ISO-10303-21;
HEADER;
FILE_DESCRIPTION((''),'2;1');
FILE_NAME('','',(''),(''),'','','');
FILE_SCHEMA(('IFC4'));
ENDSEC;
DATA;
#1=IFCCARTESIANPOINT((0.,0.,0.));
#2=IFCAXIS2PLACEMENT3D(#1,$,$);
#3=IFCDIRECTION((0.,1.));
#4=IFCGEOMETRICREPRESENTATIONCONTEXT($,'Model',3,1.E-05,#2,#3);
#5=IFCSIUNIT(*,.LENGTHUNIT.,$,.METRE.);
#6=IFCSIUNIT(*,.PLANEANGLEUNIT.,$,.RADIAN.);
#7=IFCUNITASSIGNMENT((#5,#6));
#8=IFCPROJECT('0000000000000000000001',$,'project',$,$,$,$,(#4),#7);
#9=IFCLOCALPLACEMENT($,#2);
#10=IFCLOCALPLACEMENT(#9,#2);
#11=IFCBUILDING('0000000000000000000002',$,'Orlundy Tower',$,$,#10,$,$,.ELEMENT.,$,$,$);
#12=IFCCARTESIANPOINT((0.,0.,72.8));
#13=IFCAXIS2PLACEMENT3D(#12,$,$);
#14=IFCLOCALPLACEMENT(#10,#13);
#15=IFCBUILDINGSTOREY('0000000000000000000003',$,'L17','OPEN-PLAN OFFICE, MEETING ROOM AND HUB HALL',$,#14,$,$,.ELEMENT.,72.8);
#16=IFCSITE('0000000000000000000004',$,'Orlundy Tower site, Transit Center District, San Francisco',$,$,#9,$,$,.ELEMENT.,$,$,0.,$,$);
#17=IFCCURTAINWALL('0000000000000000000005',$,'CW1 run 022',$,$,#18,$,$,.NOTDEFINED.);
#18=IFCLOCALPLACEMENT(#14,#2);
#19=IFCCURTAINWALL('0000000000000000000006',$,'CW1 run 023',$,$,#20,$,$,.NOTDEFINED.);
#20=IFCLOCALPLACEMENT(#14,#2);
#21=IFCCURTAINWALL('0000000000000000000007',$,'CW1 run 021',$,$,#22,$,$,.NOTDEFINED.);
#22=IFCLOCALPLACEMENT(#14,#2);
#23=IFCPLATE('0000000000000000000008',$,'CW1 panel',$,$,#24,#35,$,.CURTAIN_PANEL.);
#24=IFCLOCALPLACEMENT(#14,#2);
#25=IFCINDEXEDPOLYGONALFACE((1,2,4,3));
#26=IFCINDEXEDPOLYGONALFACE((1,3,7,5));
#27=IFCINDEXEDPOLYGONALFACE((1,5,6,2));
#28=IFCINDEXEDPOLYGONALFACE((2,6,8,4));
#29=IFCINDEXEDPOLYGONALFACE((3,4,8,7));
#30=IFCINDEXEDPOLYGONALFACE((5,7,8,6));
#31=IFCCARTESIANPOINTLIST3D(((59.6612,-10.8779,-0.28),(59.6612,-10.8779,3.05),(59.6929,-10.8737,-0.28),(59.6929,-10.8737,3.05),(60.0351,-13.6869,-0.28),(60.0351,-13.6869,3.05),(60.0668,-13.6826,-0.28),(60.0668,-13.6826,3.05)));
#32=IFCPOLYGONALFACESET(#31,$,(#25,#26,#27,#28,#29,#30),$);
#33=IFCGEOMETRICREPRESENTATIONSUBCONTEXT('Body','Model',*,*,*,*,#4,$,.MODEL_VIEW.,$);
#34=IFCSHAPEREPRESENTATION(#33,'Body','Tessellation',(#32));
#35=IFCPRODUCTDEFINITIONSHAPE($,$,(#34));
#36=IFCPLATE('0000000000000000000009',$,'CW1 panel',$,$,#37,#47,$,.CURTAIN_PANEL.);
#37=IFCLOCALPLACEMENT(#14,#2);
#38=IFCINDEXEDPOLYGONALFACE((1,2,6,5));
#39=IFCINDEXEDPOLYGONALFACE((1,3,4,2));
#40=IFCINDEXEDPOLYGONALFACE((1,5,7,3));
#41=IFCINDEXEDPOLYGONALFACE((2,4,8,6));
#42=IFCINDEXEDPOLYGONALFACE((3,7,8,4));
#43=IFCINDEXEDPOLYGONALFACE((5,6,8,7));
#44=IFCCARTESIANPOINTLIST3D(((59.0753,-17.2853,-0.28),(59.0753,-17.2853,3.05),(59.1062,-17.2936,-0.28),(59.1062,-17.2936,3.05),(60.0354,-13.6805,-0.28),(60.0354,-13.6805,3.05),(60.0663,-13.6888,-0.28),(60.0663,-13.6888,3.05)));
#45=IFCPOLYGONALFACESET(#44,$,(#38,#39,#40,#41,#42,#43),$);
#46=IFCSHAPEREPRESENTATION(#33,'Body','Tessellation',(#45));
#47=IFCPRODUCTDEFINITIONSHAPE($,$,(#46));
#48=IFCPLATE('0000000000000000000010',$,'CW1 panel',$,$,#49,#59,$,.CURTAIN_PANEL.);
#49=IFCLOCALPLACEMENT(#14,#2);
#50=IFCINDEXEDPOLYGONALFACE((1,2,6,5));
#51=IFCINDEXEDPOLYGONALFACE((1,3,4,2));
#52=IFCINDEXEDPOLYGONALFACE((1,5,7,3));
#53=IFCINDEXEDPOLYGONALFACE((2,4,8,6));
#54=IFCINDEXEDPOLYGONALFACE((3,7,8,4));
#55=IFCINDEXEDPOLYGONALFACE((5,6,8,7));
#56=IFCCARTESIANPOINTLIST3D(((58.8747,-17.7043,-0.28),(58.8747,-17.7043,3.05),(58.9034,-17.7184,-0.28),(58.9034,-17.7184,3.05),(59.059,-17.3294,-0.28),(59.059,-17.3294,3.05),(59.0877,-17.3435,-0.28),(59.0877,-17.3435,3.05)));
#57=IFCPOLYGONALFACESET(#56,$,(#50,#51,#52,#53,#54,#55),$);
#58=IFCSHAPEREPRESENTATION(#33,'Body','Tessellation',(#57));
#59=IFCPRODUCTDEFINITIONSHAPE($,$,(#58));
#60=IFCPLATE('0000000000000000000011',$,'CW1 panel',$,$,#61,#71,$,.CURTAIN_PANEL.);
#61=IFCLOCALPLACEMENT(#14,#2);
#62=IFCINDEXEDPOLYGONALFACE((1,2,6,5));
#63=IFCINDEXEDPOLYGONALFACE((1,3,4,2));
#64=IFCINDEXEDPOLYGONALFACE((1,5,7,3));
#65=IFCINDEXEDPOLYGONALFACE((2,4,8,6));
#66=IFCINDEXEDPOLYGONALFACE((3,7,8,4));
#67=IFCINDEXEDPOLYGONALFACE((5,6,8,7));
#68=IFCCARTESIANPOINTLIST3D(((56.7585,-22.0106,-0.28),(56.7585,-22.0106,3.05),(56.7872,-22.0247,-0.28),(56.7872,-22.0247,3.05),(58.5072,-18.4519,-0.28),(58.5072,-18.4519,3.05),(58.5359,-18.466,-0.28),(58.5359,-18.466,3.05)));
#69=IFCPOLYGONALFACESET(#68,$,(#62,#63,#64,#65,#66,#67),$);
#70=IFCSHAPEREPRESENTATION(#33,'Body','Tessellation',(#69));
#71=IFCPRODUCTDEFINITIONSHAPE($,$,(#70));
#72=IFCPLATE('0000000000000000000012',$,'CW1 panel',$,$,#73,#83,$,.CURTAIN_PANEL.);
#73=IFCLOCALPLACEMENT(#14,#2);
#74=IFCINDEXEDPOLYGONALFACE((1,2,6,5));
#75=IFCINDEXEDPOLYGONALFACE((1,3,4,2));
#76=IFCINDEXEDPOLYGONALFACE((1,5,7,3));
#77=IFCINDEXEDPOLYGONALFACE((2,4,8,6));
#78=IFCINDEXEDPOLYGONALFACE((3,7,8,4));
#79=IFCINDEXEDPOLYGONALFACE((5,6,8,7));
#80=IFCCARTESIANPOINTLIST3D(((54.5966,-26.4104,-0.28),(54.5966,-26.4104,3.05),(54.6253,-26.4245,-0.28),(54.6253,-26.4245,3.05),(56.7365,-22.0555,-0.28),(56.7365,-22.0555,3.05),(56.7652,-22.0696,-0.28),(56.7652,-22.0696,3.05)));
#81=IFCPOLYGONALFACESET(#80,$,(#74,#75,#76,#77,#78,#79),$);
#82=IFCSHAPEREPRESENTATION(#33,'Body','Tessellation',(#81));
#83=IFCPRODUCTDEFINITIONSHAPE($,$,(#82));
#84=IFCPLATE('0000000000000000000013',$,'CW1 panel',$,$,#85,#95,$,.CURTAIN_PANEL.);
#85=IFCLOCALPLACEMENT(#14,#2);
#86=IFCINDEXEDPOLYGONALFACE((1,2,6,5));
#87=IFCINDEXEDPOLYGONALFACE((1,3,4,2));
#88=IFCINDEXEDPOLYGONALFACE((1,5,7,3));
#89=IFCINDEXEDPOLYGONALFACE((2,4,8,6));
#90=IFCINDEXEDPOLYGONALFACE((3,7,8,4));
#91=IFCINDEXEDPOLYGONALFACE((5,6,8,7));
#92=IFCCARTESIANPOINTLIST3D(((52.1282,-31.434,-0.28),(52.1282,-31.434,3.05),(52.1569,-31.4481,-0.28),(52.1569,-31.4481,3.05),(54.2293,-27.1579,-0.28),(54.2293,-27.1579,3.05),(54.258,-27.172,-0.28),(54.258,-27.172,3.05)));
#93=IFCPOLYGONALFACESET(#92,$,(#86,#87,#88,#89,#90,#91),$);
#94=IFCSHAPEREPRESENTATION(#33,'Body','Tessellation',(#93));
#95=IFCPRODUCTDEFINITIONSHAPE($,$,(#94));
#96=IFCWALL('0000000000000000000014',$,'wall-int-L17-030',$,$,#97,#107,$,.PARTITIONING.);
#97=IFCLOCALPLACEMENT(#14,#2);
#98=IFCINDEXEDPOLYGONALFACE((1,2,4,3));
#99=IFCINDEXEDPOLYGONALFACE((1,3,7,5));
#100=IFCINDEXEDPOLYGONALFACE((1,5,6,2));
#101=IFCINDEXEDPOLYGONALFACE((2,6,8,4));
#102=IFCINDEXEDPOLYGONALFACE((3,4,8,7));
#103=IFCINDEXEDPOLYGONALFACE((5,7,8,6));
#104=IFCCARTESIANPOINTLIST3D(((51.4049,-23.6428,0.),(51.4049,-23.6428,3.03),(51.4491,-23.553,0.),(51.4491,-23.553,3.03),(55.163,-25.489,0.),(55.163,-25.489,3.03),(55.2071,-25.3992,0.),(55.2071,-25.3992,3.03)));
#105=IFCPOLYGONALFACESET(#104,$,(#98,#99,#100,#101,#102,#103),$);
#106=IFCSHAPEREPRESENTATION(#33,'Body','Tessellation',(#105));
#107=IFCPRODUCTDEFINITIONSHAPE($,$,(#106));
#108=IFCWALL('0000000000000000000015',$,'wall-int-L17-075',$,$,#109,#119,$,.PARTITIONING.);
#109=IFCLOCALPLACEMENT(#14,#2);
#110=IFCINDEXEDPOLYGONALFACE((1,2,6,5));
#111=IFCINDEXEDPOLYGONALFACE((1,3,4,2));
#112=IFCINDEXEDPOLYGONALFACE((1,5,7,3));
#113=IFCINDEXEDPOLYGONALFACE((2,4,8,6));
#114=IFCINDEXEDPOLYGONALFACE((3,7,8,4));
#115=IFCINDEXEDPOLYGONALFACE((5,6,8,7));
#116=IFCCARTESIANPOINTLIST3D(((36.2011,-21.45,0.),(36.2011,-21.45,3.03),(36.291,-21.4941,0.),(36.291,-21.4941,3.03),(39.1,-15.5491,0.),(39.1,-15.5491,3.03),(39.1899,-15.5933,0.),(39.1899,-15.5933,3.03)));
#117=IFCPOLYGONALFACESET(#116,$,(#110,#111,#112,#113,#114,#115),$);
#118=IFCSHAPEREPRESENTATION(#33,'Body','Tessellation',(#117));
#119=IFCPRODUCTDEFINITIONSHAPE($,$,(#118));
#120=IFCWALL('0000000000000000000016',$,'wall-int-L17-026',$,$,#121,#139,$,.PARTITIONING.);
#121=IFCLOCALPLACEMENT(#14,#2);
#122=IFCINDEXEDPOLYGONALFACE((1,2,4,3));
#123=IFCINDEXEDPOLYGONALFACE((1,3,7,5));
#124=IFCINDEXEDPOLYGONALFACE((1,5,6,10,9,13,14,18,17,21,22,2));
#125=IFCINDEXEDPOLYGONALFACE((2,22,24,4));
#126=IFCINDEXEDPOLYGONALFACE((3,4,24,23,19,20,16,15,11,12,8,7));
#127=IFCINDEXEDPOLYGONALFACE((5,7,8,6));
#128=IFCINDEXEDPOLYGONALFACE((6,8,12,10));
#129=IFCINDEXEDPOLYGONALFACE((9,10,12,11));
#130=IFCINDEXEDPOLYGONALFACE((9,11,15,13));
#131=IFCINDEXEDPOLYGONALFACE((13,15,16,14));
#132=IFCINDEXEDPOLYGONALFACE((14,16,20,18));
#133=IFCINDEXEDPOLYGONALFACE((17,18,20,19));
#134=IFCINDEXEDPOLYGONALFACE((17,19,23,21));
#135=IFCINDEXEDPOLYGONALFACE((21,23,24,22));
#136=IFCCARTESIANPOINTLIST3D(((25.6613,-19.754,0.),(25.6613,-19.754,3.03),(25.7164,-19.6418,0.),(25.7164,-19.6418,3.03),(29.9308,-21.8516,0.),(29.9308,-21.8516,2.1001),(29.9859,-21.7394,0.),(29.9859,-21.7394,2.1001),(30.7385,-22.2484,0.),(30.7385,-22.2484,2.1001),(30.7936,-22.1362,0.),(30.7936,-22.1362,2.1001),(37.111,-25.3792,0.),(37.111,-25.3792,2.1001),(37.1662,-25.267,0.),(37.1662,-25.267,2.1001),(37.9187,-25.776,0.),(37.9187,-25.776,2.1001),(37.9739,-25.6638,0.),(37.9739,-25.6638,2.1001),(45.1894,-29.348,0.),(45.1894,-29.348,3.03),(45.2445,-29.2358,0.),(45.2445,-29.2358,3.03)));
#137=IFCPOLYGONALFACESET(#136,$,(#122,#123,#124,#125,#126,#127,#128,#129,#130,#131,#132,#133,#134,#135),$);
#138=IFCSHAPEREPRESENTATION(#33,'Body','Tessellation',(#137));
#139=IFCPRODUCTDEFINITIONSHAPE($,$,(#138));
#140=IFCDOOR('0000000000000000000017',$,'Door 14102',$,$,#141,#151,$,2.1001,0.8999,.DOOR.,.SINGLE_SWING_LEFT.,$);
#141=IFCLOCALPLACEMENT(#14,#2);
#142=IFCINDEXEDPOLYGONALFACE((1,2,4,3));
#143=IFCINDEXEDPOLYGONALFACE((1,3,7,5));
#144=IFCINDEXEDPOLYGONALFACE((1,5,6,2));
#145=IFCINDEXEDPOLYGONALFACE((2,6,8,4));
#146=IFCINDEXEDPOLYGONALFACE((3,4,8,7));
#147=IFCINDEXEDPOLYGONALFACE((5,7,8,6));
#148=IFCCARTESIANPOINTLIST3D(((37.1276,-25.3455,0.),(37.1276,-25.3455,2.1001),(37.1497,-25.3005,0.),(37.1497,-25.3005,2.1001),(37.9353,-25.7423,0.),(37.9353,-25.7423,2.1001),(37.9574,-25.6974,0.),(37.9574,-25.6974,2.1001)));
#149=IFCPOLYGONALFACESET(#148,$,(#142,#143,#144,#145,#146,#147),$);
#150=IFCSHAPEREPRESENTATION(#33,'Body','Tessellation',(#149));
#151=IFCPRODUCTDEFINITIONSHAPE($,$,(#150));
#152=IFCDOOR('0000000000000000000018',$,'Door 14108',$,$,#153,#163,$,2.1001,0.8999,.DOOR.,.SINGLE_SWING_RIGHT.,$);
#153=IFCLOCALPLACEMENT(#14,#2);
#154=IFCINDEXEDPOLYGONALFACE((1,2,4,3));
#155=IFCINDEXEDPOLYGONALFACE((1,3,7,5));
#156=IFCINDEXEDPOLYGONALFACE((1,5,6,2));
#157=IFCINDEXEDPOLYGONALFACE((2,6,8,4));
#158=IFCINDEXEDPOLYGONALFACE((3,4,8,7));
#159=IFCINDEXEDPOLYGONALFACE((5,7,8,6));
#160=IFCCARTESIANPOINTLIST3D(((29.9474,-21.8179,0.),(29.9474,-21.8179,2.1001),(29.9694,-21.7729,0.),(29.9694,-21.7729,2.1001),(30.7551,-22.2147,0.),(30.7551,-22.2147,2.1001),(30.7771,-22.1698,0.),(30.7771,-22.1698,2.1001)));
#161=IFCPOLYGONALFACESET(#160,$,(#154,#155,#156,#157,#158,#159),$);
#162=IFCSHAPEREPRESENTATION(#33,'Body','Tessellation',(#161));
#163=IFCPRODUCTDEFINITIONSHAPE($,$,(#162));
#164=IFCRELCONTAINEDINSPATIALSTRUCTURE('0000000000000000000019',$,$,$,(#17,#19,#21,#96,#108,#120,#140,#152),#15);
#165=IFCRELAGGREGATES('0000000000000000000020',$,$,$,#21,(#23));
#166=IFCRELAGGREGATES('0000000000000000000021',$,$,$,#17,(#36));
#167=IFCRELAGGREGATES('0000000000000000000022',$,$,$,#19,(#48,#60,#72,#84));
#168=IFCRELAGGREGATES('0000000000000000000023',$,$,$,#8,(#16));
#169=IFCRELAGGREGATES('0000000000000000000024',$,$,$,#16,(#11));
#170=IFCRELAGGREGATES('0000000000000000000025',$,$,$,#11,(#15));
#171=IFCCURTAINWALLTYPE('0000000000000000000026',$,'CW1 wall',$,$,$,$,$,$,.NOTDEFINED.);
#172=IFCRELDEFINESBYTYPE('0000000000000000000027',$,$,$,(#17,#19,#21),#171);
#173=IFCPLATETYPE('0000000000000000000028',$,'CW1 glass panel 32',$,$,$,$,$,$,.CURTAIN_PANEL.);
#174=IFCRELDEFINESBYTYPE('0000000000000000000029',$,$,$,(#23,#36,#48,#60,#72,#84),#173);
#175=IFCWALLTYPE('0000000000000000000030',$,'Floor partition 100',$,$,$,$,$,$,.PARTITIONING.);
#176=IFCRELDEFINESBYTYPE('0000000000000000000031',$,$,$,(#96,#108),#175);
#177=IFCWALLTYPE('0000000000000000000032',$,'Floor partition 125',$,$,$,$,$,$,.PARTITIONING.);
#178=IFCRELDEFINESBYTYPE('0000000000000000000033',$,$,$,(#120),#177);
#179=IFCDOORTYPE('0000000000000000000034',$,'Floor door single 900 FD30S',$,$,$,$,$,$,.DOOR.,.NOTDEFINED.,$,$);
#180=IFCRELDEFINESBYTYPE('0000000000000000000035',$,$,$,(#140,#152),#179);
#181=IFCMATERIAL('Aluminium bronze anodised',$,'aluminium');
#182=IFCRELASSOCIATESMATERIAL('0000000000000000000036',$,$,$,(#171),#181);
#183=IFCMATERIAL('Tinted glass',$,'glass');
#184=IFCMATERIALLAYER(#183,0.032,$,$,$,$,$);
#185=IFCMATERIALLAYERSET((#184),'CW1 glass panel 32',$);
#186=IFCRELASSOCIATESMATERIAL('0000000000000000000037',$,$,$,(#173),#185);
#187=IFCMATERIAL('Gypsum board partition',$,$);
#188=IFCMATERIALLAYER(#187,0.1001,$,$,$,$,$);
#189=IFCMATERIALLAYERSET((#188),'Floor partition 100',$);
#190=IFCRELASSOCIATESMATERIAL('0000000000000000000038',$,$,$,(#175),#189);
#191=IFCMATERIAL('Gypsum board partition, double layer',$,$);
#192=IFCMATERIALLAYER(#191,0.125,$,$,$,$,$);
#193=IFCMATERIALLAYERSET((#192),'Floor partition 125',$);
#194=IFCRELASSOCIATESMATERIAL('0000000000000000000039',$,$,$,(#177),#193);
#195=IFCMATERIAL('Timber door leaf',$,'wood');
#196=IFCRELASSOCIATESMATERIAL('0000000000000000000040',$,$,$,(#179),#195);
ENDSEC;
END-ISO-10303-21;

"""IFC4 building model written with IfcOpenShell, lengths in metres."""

from ifc_helpers import new_model, si_unit, direction, frame, frame_2d, origin, origin_2d, place, context, subcontext, project, spatial, rectangle, extrude, material, layer, layer_set, type_object, element, fill, aggregate, save


model = new_model("IFC4")

# Units and contexts
model_context = context("Model", 3, precision=1e-05, world=origin(), true_north=direction((0.0, 1.0)))
body_context = subcontext(model_context, "Body", "Model", "MODEL_VIEW")
ifc_project = project(units=[si_unit("LENGTHUNIT", "METRE"), si_unit("PLANEANGLEUNIT", "RADIAN")], contexts=[model_context])

# Site, building, storey
site_placement = place(None, origin())
site = spatial("IfcSite", under=ifc_project, at=site_placement, Name="Orlundy Tower site, Transit Center District, San Francisco", CompositionType="ELEMENT", RefElevation=0.0)
building_placement = place(site_placement, origin())
building = spatial("IfcBuilding", under=site, at=building_placement, Name="Orlundy Tower", CompositionType="ELEMENT")
storey_placement = place(building_placement, frame((0.0, 0.0, 72.8)))
storey = spatial("IfcBuildingStorey", under=building, at=storey_placement, Name="L17", Description="OPEN-PLAN OFFICE, MEETING ROOM AND HUB HALL", CompositionType="ELEMENT", Elevation=72.8)

# Curtain wall
ifc_material_1 = material(Name="Aluminium bronze anodised", Category="aluminium")
curtain_wall_type = type_object("IfcCurtainWallType", Name="CW1 wall", PredefinedType="NOTDEFINED", material=ifc_material_1)
curtain_wall_1_placement = place(storey_placement, origin())
curtain_wall_1 = element("IfcCurtainWall", 1, at=curtain_wall_1_placement, inside=storey, type_object=curtain_wall_type, Name="CW1 run 022", PredefinedType="NOTDEFINED")

# Curtain wall
curtain_wall_2_placement = place(storey_placement, origin())
curtain_wall_2 = element("IfcCurtainWall", 2, at=curtain_wall_2_placement, inside=storey, type_object=curtain_wall_type, Name="CW1 run 023", PredefinedType="NOTDEFINED")

# Curtain wall, plate
curtain_wall_3_placement = place(storey_placement, origin())
curtain_wall_3 = element("IfcCurtainWall", 3, at=curtain_wall_3_placement, inside=storey, type_object=curtain_wall_type, Name="CW1 run 021", PredefinedType="NOTDEFINED")
ifc_material_2 = material(Name="Tinted glass", Category="glass")
ifc_layer_1 = layer(ifc_material_2, 0.032)
ifc_layer_set_1 = layer_set([ifc_layer_1], Name="CW1 glass panel 32")
plate_type = type_object("IfcPlateType", Name="CW1 glass panel 32", PredefinedType="CURTAIN_PANEL", material=ifc_layer_set_1)
plate_1_placement = place(storey_placement, frame((59.864, -12.2803, -0.28), z_axis=(0.0, 0.0, 1.0), x_axis=(0.131934, -0.991259, 0.0)))
plate_1 = element("IfcPlate", 4, at=plate_1_placement, type_object=plate_type, Name="CW1 panel", PredefinedType="CURTAIN_PANEL", context=body_context, shape_type="SweptSolid", body=[
    extrude(rectangle(XDim=2.8337, YDim=0.032, at=origin_2d()), origin(), (0.0, 0.0, 1.0), 3.3301),
])
aggregate(curtain_wall_3, [plate_1])

# Plates
plate_2_placement = place(storey_placement, frame((59.5708, -15.4871, -0.28), z_axis=(0.0, 0.0, 1.0), x_axis=(-0.25736, -0.966315, 0.0)))
plate_2 = element("IfcPlate", 5, at=plate_2_placement, type_object=plate_type, Name="CW1 panel", PredefinedType="CURTAIN_PANEL", context=body_context, shape_type="SweptSolid", body=[
    extrude(rectangle(XDim=3.7305, YDim=0.032, at=origin_2d()), origin(), (0.0, 0.0, 1.0), 3.3301),
])
aggregate(curtain_wall_1, [plate_2])
plate_3_placement = place(storey_placement, frame((58.9812, -17.5239, -0.28), z_axis=(0.0, 0.0, 1.0), x_axis=(-0.441012, -0.897501, 0.0)))
plate_3 = element("IfcPlate", 6, at=plate_3_placement, type_object=plate_type, Name="CW1 panel", PredefinedType="CURTAIN_PANEL", context=body_context, shape_type="SweptSolid", body=[
    extrude(rectangle(XDim=0.4177, YDim=0.032, at=origin_2d()), origin(), (0.0, 0.0, 1.0), 3.3301),
])
plate_4_placement = place(storey_placement, frame((57.6472, -20.2383, -0.28), z_axis=(0.0, 0.0, 1.0), x_axis=(-0.441012, -0.897501, 0.0)))
plate_4 = element("IfcPlate", 7, at=plate_4_placement, type_object=plate_type, Name="CW1 panel", PredefinedType="CURTAIN_PANEL", context=body_context, shape_type="SweptSolid", body=[
    extrude(rectangle(XDim=3.9651, YDim=0.032, at=origin_2d()), origin(), (0.0, 0.0, 1.0), 3.3301),
])
plate_5_placement = place(storey_placement, frame((55.6809, -24.24, -0.28), z_axis=(0.0, 0.0, 1.0), x_axis=(-0.441012, -0.897501, 0.0)))
plate_5 = element("IfcPlate", 8, at=plate_5_placement, type_object=plate_type, Name="CW1 panel", PredefinedType="CURTAIN_PANEL", context=body_context, shape_type="SweptSolid", body=[
    extrude(rectangle(XDim=4.8523, YDim=0.032, at=origin_2d()), origin(), (0.0, 0.0, 1.0), 3.3301),
])
plate_6_placement = place(storey_placement, frame((53.1931, -29.303, -0.28), z_axis=(0.0, 0.0, 1.0), x_axis=(-0.441012, -0.897501, 0.0)))
plate_6 = element("IfcPlate", 9, at=plate_6_placement, type_object=plate_type, Name="CW1 panel", PredefinedType="CURTAIN_PANEL", context=body_context, shape_type="SweptSolid", body=[
    extrude(rectangle(XDim=4.7644, YDim=0.032, at=origin_2d()), origin(), (0.0, 0.0, 1.0), 3.3301),
])
aggregate(curtain_wall_2, [plate_3, plate_4, plate_5, plate_6])

# Walls
ifc_material_3 = material(Name="Gypsum board partition")
ifc_layer_2 = layer(ifc_material_3, 0.1001)
ifc_layer_set_2 = layer_set([ifc_layer_2], Name="Floor partition 100")
wall_type_1 = type_object("IfcWallType", Name="Floor partition 100", PredefinedType="PARTITIONING", material=ifc_layer_set_2)
wall_1_placement = place(storey_placement, frame((51.427, -23.5979, 0.0), z_axis=(0.0, 0.0, 1.0), x_axis=(0.897542, -0.440929, 0.0)))
element("IfcWall", 10, at=wall_1_placement, inside=storey, type_object=wall_type_1, Name="wall-int-L17-030", PredefinedType="PARTITIONING", context=body_context, shape_type="SweptSolid", body=[
    extrude(rectangle(XDim=4.187, YDim=0.1001, at=frame_2d((2.0935, 0.0))), origin(), (0.0, 0.0, 1.0), 3.03),
])
wall_2_placement = place(storey_placement, frame((36.2461, -21.4719, 0.0), z_axis=(0.0, 0.0, 1.0), x_axis=(0.440934, 0.897539, 0.0)))
element("IfcWall", 11, at=wall_2_placement, inside=storey, type_object=wall_type_1, Name="wall-int-L17-075", PredefinedType="PARTITIONING", context=body_context, shape_type="SweptSolid", body=[
    extrude(rectangle(XDim=6.5745, YDim=0.1001, at=frame_2d((3.2871, 0.0))), origin(), (0.0, 0.0, 1.0), 3.03),
])

# Wall, openings, doors
ifc_material_4 = material(Name="Gypsum board partition, double layer")
ifc_layer_3 = layer(ifc_material_4, 0.125)
ifc_layer_set_3 = layer_set([ifc_layer_3], Name="Floor partition 125")
wall_type_2 = type_object("IfcWallType", Name="Floor partition 125", PredefinedType="PARTITIONING", material=ifc_layer_set_3)
wall_3_placement = place(storey_placement, frame((45.217, -29.292, 0.0), z_axis=(0.0, 0.0, 1.0), x_axis=(-0.897531, 0.44095, 0.0)))
wall_3 = element("IfcWall", 12, at=wall_3_placement, inside=storey, type_object=wall_type_2, Name="wall-int-L17-026", PredefinedType="PARTITIONING", context=body_context, shape_type="SweptSolid", body=[
    extrude(rectangle(XDim=21.7576, YDim=0.125, at=frame_2d((10.8789, 0.0))), origin(), (0.0, 0.0, 1.0), 3.03),
])
opening_1_placement = place(wall_3_placement, frame((8.1008, 0.0, 0.0)))
opening_1 = element("IfcOpeningElement", 13, at=opening_1_placement, cuts=wall_3, PredefinedType="OPENING", context=body_context, shape_type="SweptSolid", body=[
    extrude(rectangle(XDim=0.8999, YDim=2.1001, at=frame_2d((0.45, 1.05))), frame((0.0, 0.0725, 0.0), z_axis=(0.0, -1.0, 0.0), x_axis=(1.0, 0.0, 0.0)), (0.0, 0.0, 1.0), 0.145),
])
opening_2_placement = place(wall_3_placement, frame((16.1008, 0.0, 0.0)))
opening_2 = element("IfcOpeningElement", 14, at=opening_2_placement, cuts=wall_3, PredefinedType="OPENING", context=body_context, shape_type="SweptSolid", body=[
    extrude(rectangle(XDim=0.8999, YDim=2.1001, at=frame_2d((0.45, 1.05))), frame((0.0, 0.0725, 0.0), z_axis=(0.0, -1.0, 0.0), x_axis=(1.0, 0.0, 0.0)), (0.0, 0.0, 1.0), 0.145),
])
ifc_material_5 = material(Name="Timber door leaf", Category="wood")
door_type = type_object("IfcDoorType", Name="Floor door single 900 FD30S", OperationType="NOTDEFINED", PredefinedType="DOOR", material=ifc_material_5)
door_1_placement = place(opening_1_placement, origin())
door_1 = element("IfcDoor", 15, at=door_1_placement, inside=storey, type_object=door_type, Name="Door 14102", OperationType="SINGLE_SWING_LEFT", OverallHeight=2.1001, OverallWidth=0.8999, PredefinedType="DOOR", context=body_context, shape_type="SweptSolid", body=[
    extrude(rectangle(XDim=0.8999, YDim=2.1001, at=frame_2d((0.45, 1.05))), frame((0.0, 0.0249, 0.0), z_axis=(0.0, -1.0, 0.0), x_axis=(1.0, 0.0, 0.0)), (0.0, 0.0, 1.0), 0.05),
])
fill(opening_1, door_1)
door_2_placement = place(opening_2_placement, origin())
door_2 = element("IfcDoor", 16, at=door_2_placement, inside=storey, type_object=door_type, Name="Door 14108", OperationType="SINGLE_SWING_RIGHT", OverallHeight=2.1001, OverallWidth=0.8999, PredefinedType="DOOR", context=body_context, shape_type="SweptSolid", body=[
    extrude(rectangle(XDim=0.8999, YDim=2.1001, at=frame_2d((0.45, 1.05))), frame((0.0, 0.0249, 0.0), z_axis=(0.0, -1.0, 0.0), x_axis=(1.0, 0.0, 0.0)), (0.0, 0.0, 1.0), 0.05),
])
fill(opening_2, door_2)

save(model, "model.ifc")
